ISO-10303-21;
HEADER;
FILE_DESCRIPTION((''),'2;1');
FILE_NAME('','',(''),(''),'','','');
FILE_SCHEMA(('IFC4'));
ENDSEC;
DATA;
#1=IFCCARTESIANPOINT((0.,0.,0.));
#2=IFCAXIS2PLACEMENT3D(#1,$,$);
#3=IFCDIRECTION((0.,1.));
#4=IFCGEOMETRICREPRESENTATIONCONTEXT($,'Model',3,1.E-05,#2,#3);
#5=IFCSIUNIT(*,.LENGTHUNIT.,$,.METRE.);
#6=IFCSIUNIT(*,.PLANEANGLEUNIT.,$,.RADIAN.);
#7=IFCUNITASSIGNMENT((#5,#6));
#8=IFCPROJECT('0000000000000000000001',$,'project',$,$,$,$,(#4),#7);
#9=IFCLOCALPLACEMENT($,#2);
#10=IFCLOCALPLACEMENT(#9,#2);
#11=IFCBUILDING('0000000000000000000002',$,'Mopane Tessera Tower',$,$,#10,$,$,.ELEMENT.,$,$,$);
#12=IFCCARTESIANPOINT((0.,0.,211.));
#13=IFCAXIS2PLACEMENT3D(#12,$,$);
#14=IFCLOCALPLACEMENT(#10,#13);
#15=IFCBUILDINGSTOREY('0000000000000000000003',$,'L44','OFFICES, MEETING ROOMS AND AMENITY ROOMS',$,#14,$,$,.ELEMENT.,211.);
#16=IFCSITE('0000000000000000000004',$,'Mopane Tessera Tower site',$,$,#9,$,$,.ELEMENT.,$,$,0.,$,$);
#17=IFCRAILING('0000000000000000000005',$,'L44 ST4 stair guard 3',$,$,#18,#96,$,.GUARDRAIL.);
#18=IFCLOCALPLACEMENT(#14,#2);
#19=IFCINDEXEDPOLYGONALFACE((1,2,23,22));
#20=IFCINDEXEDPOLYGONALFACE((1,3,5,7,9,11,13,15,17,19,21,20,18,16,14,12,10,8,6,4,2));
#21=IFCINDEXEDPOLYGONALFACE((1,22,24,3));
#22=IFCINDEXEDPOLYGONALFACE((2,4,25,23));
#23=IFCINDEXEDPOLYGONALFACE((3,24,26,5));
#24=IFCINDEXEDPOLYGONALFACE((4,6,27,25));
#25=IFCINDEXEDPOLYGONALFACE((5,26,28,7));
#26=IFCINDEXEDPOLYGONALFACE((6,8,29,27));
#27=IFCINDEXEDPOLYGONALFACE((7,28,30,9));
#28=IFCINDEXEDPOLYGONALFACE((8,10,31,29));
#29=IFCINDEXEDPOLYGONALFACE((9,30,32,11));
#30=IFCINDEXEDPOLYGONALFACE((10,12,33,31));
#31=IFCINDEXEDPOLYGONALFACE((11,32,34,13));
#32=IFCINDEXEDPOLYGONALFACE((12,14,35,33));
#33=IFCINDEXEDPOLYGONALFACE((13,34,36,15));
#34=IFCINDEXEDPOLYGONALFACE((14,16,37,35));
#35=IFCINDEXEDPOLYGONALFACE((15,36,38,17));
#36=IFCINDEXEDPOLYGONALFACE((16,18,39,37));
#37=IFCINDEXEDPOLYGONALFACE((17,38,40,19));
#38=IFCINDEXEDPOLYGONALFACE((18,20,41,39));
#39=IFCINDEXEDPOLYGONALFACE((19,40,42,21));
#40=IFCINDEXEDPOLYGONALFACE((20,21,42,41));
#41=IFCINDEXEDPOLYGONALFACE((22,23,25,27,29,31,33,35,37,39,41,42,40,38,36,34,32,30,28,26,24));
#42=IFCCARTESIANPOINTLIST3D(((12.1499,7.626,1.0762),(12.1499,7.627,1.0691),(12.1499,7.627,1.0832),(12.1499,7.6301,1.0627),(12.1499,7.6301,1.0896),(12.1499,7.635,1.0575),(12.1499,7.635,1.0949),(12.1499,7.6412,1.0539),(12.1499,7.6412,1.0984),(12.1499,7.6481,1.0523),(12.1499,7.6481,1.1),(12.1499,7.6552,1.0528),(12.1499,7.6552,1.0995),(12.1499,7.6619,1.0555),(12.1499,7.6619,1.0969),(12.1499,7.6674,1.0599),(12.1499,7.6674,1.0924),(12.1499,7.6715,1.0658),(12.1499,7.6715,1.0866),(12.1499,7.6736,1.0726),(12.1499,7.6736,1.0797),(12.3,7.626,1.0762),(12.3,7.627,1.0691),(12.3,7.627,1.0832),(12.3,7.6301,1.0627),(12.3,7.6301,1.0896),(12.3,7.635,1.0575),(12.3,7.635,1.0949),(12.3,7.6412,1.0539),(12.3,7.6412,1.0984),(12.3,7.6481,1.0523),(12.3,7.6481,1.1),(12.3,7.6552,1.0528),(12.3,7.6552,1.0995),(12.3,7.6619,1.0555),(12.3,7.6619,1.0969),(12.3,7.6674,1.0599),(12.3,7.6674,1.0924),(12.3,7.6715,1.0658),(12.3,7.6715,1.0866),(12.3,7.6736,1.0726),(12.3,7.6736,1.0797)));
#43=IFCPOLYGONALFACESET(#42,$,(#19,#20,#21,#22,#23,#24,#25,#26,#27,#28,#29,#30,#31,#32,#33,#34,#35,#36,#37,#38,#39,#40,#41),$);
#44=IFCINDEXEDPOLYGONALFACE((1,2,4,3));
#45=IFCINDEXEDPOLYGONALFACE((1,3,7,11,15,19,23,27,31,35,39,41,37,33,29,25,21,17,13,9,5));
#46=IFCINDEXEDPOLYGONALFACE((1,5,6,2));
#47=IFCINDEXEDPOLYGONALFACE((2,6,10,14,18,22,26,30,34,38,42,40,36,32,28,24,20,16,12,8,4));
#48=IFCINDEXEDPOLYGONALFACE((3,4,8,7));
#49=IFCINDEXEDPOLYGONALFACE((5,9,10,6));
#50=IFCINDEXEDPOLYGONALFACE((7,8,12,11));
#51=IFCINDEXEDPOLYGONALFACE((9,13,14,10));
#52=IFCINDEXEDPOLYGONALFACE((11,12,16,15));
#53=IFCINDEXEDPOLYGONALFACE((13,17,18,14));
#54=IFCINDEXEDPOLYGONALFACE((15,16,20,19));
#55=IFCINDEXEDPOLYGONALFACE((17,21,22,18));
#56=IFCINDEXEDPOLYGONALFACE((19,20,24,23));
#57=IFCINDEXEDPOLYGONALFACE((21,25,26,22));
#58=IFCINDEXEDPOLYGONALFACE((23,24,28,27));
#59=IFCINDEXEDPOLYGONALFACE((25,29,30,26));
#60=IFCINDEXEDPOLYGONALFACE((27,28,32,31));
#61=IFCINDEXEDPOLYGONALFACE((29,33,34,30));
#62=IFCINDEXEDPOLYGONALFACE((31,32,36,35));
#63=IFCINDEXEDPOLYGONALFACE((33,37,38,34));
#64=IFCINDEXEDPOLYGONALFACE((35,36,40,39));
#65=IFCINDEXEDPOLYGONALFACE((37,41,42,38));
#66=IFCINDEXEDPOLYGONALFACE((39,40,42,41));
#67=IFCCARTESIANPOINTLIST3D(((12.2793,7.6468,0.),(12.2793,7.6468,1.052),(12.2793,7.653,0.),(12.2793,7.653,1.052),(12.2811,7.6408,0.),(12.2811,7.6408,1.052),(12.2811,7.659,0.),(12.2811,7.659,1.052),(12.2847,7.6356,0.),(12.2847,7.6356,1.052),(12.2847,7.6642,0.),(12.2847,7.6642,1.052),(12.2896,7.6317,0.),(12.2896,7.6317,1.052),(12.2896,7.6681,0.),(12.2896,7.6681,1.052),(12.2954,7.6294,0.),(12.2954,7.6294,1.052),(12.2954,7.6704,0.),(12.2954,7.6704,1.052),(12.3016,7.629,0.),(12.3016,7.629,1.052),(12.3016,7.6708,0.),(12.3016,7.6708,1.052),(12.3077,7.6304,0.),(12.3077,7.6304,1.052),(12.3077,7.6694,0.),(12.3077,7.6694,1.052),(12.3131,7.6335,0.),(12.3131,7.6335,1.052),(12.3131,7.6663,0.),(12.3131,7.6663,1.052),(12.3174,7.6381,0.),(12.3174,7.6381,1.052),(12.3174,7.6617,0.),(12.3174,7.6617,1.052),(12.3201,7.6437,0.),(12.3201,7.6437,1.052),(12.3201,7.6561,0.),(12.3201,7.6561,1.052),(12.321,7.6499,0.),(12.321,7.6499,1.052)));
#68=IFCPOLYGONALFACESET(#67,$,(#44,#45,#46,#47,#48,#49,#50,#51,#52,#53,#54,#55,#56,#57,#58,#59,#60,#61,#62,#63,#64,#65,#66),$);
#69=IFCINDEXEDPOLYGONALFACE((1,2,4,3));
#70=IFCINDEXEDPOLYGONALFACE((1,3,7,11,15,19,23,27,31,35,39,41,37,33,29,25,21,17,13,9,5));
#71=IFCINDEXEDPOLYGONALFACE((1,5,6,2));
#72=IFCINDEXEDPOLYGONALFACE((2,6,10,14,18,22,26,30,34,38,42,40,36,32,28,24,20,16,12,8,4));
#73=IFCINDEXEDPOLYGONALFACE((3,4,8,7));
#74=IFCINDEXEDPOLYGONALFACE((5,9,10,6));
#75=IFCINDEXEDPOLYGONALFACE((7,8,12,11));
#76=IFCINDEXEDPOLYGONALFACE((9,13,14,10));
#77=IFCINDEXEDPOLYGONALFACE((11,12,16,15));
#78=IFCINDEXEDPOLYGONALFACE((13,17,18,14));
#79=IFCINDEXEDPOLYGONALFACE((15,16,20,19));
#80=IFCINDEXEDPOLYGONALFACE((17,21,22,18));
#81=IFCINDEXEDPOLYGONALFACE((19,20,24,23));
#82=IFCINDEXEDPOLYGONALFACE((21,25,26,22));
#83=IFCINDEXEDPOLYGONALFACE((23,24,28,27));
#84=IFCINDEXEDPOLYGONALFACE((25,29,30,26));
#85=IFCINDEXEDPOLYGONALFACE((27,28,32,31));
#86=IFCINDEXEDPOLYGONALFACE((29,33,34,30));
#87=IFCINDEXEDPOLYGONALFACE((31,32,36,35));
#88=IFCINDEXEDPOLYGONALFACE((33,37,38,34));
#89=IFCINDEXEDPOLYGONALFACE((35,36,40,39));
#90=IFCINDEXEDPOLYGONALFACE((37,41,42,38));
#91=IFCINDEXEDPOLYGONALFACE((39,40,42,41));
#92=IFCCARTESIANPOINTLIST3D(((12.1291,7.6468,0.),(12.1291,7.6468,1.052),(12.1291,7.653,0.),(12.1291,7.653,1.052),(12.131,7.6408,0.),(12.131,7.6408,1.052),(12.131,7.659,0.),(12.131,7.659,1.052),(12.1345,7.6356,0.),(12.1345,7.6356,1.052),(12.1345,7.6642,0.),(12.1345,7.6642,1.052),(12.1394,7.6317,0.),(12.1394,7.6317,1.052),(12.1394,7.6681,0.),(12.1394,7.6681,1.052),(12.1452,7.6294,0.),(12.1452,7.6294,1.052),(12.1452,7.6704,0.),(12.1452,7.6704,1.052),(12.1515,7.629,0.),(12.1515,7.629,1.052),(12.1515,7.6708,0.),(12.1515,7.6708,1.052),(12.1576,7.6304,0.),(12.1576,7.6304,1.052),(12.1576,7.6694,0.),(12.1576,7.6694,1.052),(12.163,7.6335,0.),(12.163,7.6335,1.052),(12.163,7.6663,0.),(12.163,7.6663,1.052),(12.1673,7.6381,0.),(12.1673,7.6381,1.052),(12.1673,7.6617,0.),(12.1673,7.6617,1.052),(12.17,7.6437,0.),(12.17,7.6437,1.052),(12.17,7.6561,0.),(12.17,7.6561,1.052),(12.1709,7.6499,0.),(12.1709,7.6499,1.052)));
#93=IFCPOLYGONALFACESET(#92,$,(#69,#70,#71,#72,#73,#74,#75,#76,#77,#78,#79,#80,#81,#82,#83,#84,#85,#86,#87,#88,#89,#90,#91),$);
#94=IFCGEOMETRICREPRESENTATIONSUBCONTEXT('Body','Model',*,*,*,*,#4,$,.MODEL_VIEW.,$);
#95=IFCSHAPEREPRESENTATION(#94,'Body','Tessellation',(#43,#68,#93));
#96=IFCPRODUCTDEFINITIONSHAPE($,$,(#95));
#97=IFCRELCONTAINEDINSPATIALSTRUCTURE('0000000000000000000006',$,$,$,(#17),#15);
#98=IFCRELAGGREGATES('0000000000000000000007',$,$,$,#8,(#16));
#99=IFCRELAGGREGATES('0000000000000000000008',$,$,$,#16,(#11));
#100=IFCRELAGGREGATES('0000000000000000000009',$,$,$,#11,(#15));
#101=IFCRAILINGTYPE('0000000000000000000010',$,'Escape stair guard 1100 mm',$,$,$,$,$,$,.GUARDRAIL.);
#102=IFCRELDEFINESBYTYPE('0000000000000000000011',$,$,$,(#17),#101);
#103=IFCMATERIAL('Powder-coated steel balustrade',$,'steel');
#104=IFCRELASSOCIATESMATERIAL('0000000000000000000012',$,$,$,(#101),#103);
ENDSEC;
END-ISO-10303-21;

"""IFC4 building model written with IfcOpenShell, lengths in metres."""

from ifc_helpers import new_model, si_unit, direction, frame, origin, origin_2d, place, context, subcontext, project, spatial, circle, extrude, material, type_object, element, save


model = new_model("IFC4")

# Units and contexts
model_context = context("Model", 3, precision=1e-05, world=origin(), true_north=direction((0.0, 1.0)))
body_context = subcontext(model_context, "Body", "Model", "MODEL_VIEW")
ifc_project = project(units=[si_unit("LENGTHUNIT", "METRE"), si_unit("PLANEANGLEUNIT", "RADIAN")], contexts=[model_context])

# Site, building, storey
site_placement = place(None, origin())
site = spatial("IfcSite", under=ifc_project, at=site_placement, Name="Mopane Tessera Tower site", CompositionType="ELEMENT", RefElevation=0.0)
building_placement = place(site_placement, origin())
building = spatial("IfcBuilding", under=site, at=building_placement, Name="Mopane Tessera Tower", CompositionType="ELEMENT")
storey_placement = place(building_placement, frame((0.0, 0.0, 211.0)))
storey = spatial("IfcBuildingStorey", under=building, at=storey_placement, Name="L44", Description="OFFICES, MEETING ROOMS AND AMENITY ROOMS", CompositionType="ELEMENT", Elevation=211.0)

# Railing
ifc_material_1 = material(Name="Powder-coated steel balustrade", Category="steel")
railing_type_1 = type_object("IfcRailingType", Name="Escape stair guard 1100 mm", PredefinedType="GUARDRAIL", material=ifc_material_1)
railing_1_placement = place(storey_placement, frame((12.3, 7.6499, 0.0)))
element("IfcRailing", 1, at=railing_1_placement, inside=storey, type_object=railing_type_1, Name="L44 ST4 stair guard 3", PredefinedType="GUARDRAIL", context=body_context, shape_type="SweptSolid", body=[
    extrude(circle(Radius=0.0239, at=origin_2d()), frame((0.0, 0.0, 1.0762), z_axis=(-1.0, 0.0, 0.0), x_axis=(0.0, -1.0, 0.0)), (0.0, 0.0, 1.0), 0.1501),
    extrude(circle(Radius=0.021, at=origin_2d()), origin(), (0.0, 0.0, 1.0), 1.052),
    extrude(circle(Radius=0.021, at=origin_2d()), frame((-0.1501, 0.0, 0.0)), (0.0, 0.0, 1.0), 1.052),
])

save(model, "model.ifc")
